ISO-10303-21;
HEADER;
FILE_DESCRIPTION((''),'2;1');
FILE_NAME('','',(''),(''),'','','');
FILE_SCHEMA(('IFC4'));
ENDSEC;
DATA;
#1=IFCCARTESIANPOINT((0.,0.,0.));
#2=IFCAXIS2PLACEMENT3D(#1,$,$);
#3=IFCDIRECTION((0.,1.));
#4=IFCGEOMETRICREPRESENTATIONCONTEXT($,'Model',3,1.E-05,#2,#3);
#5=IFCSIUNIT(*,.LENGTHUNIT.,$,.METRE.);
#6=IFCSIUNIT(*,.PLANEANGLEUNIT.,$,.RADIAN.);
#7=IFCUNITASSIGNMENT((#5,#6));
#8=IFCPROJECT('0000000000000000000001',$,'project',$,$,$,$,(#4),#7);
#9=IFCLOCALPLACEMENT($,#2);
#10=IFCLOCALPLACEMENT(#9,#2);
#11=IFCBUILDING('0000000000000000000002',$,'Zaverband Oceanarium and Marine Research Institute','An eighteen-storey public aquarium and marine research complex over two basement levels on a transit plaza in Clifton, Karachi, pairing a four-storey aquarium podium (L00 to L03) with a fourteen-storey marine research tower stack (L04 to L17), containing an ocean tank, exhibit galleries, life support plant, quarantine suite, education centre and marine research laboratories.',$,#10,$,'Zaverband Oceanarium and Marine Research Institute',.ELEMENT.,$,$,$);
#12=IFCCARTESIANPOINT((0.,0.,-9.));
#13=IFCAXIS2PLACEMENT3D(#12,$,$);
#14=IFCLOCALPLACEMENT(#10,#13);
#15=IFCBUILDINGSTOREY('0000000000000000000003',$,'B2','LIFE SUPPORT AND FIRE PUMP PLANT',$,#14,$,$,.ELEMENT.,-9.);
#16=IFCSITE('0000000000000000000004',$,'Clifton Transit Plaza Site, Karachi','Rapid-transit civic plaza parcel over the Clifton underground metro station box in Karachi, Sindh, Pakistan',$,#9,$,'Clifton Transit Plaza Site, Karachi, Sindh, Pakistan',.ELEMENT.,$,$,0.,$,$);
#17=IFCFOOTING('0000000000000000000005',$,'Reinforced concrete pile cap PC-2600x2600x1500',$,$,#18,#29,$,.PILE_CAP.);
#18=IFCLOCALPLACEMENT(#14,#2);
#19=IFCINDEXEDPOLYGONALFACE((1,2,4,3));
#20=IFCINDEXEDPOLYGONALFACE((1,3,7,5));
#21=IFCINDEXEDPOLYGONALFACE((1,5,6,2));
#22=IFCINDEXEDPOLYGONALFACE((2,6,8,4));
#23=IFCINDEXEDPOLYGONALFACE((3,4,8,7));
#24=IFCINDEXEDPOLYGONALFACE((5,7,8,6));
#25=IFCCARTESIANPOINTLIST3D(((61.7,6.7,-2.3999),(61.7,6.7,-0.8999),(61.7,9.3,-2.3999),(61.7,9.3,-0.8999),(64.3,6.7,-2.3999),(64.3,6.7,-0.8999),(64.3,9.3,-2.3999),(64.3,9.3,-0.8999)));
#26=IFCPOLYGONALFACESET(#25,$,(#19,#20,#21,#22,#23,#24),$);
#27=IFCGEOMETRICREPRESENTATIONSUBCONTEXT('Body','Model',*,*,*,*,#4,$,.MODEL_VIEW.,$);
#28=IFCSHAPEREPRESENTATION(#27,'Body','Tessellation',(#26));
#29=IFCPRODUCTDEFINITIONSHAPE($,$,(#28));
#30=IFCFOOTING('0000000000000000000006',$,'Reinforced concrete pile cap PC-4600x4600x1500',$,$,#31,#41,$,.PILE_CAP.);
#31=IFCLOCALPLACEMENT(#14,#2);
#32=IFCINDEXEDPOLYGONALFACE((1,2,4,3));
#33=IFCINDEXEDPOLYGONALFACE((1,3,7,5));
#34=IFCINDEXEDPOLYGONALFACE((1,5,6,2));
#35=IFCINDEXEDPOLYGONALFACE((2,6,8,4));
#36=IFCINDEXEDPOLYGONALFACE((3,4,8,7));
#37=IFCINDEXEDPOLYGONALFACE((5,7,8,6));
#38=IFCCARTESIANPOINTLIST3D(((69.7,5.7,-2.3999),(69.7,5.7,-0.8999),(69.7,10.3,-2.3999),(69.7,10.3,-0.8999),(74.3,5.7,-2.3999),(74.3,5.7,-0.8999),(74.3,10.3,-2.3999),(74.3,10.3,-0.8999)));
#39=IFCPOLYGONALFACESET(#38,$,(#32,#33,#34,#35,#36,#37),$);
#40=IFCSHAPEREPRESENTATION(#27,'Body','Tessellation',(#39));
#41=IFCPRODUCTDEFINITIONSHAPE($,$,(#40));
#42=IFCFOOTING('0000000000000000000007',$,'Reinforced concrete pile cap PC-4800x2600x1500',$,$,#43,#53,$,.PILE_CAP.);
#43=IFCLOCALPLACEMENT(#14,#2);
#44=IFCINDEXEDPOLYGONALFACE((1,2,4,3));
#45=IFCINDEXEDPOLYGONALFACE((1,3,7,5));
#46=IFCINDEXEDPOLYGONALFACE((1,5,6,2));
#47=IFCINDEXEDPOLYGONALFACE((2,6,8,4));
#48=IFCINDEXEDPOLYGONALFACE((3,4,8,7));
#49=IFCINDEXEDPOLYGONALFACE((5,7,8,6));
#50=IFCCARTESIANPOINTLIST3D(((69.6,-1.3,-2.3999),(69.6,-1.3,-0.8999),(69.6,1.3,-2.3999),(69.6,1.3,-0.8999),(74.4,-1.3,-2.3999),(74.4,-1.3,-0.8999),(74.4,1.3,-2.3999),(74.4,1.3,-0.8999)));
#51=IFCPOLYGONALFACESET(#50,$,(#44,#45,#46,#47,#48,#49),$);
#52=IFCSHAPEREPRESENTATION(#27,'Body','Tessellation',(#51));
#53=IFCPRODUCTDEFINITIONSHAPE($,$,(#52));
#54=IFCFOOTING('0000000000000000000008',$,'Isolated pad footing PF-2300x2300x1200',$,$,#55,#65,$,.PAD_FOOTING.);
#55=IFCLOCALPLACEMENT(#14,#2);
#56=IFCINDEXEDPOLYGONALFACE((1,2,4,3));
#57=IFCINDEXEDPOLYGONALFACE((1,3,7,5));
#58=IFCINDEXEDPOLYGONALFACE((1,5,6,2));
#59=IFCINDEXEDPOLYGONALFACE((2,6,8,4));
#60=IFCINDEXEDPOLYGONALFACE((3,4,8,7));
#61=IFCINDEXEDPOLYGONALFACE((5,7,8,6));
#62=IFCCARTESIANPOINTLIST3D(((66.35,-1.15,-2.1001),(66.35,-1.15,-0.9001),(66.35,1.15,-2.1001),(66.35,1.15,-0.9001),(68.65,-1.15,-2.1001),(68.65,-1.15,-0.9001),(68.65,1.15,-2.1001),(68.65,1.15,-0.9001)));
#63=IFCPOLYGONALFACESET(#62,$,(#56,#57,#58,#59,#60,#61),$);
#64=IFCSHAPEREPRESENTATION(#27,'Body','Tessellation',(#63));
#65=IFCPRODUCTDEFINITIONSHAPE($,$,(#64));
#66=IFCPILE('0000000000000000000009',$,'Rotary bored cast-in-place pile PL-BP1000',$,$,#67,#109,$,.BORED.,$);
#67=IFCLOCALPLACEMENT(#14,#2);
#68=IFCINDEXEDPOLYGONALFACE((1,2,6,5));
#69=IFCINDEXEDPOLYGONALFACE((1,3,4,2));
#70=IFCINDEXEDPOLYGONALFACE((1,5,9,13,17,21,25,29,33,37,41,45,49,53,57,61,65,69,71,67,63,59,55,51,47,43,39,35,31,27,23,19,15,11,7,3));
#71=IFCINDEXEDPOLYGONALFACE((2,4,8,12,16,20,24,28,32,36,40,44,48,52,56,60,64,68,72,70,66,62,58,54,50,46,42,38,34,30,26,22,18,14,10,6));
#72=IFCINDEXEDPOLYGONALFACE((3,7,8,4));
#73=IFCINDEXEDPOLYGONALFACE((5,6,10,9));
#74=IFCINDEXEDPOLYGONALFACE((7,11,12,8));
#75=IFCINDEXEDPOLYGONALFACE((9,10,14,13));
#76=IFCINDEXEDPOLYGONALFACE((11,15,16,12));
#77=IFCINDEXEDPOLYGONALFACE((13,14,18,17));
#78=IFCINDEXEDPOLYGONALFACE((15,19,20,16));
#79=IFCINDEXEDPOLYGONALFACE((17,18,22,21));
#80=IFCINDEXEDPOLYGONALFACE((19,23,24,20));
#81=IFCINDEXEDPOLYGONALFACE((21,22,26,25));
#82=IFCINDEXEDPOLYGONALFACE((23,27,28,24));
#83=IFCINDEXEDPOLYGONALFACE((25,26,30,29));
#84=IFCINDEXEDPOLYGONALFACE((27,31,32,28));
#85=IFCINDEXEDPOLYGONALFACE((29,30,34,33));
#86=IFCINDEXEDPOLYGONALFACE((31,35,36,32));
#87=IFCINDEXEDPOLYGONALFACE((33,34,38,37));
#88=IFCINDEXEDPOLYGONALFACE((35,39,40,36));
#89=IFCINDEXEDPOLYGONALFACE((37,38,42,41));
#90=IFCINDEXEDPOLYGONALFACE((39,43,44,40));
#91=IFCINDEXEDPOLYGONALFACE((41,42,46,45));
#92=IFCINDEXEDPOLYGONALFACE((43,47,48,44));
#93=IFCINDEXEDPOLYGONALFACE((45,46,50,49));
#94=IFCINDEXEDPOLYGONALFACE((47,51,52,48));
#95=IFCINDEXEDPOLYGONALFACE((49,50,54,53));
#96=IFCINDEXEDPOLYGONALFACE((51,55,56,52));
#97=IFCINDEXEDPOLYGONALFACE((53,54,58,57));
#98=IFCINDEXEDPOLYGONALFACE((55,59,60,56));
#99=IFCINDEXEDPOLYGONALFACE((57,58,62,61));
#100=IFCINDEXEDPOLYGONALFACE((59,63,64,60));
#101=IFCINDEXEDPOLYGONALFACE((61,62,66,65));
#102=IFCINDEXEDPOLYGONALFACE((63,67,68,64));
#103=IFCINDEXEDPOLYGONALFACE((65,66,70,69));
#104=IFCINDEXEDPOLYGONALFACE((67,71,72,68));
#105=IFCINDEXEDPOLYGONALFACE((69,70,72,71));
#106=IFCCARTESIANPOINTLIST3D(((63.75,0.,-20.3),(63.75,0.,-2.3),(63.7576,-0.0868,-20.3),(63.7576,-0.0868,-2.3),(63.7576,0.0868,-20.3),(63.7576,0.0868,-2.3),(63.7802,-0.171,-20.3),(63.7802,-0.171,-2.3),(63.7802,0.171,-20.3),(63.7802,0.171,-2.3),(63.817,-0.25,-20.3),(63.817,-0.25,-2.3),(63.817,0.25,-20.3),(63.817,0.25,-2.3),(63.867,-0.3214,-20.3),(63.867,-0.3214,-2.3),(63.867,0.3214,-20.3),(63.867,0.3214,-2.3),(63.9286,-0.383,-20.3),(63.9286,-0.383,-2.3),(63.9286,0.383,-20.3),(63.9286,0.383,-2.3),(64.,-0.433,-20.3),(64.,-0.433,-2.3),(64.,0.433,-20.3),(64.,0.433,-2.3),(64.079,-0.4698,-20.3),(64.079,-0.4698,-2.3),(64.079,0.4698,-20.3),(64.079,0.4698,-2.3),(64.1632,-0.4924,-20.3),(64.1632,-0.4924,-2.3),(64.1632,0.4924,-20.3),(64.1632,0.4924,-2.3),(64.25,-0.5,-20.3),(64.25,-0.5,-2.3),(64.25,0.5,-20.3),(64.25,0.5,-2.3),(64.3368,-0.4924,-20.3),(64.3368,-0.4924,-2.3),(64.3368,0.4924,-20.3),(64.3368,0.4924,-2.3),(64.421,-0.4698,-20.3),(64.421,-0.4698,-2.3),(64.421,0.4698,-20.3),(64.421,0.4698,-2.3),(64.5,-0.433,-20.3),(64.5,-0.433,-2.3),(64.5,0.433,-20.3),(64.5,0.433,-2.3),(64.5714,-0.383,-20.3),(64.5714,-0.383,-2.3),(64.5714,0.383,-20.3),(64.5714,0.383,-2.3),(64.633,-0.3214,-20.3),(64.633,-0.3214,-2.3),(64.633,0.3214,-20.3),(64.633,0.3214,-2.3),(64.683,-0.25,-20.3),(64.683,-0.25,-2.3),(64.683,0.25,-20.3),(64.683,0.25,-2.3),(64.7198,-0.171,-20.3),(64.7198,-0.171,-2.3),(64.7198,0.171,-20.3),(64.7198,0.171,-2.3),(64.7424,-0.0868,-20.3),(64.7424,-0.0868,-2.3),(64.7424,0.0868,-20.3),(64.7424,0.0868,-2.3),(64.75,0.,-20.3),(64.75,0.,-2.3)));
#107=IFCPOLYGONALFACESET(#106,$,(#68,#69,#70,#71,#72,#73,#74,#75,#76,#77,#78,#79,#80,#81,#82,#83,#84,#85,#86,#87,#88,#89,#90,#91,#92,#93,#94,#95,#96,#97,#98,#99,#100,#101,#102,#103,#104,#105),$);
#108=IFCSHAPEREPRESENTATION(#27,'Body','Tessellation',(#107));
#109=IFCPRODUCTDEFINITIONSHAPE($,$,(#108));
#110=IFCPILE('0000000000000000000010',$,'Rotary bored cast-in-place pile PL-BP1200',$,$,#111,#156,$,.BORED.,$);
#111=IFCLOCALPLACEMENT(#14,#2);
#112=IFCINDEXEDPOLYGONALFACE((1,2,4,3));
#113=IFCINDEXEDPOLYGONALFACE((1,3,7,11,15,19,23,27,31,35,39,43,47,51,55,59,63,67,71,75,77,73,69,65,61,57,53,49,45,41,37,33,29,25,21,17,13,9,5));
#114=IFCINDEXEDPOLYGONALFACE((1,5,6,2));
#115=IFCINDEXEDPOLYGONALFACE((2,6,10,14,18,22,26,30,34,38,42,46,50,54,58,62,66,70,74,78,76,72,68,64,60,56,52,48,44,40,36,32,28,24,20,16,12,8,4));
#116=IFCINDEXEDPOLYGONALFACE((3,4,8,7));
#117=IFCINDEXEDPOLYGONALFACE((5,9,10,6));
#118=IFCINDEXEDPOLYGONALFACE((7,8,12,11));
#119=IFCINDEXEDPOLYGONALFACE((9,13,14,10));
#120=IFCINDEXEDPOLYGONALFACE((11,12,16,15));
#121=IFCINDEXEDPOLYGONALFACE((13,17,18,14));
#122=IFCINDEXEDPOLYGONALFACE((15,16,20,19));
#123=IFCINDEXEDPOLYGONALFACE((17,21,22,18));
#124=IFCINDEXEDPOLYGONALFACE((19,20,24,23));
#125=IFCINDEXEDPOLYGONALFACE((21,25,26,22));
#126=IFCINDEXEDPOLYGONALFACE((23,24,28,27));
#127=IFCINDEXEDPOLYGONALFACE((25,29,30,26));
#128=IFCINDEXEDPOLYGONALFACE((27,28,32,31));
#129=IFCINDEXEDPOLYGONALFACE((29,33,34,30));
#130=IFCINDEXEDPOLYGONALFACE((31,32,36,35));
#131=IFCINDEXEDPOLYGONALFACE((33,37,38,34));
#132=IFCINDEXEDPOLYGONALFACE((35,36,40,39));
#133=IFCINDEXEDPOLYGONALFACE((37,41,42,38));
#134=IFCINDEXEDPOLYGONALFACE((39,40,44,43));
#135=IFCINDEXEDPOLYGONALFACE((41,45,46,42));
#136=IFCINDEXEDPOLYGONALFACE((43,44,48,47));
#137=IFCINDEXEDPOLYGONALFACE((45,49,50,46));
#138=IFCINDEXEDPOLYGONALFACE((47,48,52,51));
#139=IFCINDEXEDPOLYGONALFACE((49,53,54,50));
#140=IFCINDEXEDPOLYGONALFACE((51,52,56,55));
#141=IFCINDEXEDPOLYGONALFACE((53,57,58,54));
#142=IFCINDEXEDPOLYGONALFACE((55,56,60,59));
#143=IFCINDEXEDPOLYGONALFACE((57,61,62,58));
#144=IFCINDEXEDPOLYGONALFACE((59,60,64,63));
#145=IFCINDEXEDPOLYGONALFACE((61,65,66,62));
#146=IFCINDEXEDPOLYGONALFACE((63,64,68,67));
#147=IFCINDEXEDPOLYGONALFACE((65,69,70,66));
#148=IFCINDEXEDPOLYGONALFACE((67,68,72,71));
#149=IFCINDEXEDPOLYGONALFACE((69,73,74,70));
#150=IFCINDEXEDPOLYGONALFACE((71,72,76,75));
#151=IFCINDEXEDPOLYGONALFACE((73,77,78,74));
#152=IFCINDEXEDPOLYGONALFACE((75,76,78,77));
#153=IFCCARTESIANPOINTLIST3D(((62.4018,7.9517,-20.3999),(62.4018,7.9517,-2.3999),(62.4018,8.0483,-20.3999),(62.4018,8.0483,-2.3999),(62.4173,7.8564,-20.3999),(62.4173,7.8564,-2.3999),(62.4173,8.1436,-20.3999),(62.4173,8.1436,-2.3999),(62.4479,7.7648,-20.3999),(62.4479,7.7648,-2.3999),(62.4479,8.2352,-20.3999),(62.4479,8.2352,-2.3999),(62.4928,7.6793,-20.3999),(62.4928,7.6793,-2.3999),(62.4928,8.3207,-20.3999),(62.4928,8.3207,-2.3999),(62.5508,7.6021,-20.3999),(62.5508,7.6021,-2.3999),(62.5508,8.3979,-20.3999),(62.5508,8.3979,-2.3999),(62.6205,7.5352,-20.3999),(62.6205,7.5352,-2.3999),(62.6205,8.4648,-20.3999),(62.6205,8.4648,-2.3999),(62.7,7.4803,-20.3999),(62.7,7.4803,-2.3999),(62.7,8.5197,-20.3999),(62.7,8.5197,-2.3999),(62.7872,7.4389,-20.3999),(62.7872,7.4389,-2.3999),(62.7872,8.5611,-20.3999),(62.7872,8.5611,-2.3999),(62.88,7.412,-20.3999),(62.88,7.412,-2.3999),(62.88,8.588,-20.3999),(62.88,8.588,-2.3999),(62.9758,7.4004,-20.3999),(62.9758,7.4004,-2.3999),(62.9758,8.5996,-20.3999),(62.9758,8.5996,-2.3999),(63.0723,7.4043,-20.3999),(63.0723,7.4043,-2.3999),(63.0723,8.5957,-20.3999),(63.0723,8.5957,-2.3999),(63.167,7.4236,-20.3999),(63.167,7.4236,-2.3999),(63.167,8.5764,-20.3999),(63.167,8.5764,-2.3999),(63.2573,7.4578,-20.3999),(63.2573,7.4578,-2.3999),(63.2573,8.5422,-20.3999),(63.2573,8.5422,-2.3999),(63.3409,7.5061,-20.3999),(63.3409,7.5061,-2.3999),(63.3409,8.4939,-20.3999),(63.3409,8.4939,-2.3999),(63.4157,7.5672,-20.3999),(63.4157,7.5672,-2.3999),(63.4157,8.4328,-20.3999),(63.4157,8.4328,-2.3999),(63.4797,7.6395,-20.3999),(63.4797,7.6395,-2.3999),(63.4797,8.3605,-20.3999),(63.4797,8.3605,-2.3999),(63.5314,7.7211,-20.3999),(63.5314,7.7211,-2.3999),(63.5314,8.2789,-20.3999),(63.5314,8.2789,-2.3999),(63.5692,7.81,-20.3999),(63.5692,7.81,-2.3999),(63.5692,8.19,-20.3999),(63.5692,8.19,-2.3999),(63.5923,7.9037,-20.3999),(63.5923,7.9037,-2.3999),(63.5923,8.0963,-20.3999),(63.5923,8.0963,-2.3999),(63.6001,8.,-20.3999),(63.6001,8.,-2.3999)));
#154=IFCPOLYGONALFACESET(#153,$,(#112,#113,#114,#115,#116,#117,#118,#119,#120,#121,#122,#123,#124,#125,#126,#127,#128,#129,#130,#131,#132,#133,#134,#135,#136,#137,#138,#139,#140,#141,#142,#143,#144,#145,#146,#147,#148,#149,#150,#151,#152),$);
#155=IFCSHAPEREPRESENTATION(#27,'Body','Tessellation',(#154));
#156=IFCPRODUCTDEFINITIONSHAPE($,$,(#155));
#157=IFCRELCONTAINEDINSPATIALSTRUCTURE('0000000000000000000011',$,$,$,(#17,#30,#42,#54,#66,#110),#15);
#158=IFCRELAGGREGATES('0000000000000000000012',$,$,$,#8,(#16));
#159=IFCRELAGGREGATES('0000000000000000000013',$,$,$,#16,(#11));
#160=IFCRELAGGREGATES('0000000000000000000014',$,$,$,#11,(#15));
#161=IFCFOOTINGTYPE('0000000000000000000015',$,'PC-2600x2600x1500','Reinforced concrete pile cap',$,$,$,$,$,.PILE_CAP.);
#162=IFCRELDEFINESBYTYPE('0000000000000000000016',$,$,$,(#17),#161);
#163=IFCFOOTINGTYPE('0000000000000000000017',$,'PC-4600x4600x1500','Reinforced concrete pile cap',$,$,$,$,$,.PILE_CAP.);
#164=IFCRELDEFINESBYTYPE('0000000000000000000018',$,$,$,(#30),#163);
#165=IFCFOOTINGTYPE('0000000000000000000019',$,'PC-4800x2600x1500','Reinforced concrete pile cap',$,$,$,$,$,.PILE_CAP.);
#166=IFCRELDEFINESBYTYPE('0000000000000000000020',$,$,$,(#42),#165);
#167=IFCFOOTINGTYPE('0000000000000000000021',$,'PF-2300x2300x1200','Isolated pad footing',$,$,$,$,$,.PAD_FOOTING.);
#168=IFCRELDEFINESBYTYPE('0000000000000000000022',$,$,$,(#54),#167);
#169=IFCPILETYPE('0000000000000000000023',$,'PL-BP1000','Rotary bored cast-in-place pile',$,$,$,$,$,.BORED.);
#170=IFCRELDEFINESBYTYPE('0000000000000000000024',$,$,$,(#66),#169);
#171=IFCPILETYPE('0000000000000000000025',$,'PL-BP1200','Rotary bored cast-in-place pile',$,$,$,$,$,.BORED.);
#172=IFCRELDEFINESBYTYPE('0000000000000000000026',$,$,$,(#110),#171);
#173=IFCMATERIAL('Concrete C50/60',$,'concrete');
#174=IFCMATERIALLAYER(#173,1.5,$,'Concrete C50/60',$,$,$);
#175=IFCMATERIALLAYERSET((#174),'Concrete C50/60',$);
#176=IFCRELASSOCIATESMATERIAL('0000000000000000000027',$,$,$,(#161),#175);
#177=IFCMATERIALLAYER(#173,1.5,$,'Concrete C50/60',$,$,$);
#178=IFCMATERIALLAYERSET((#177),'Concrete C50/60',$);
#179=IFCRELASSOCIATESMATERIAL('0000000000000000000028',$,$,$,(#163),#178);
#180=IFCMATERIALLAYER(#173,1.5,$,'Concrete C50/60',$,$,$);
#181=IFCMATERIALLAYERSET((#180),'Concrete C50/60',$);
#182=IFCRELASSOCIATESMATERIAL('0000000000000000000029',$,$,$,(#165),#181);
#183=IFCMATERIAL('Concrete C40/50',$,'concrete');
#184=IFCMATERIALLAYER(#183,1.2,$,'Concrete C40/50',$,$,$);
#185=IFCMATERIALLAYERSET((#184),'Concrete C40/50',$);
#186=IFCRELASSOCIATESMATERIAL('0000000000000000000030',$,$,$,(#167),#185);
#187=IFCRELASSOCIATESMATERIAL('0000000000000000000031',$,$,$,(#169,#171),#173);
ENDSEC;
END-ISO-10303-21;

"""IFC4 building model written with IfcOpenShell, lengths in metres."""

from ifc_helpers import new_model, si_unit, direction, frame, origin, origin_2d, place, context, subcontext, project, spatial, rectangle, circle, extrude, material, layer, layer_set, material_profile, profile_set, type_object, element, save


model = new_model("IFC4")

# Units and contexts
model_context = context("Model", 3, precision=1e-05, world=origin(), true_north=direction((0.0, 1.0)))
body_context = subcontext(model_context, "Body", "Model", "MODEL_VIEW")
ifc_project = project(units=[si_unit("LENGTHUNIT", "METRE"), si_unit("PLANEANGLEUNIT", "RADIAN")], contexts=[model_context])

# Site, building, storey
site_placement = place(None, origin())
site = spatial("IfcSite", under=ifc_project, at=site_placement, Name="Clifton Transit Plaza Site, Karachi", Description="Rapid-transit civic plaza parcel over the Clifton underground metro station box in Karachi, Sindh, Pakistan", LongName="Clifton Transit Plaza Site, Karachi, Sindh, Pakistan", CompositionType="ELEMENT", RefElevation=0.0)
building_placement = place(site_placement, origin())
building = spatial("IfcBuilding", under=site, at=building_placement, Name="Zaverband Oceanarium and Marine Research Institute", Description="An eighteen-storey public aquarium and marine research complex over two basement levels on a transit plaza in Clifton, Karachi, pairing a four-storey aquarium podium (L00 to L03) with a fourteen-storey marine research tower stack (L04 to L17), containing an ocean tank, exhibit galleries, life support plant, quarantine suite, education centre and marine research laboratories.", LongName="Zaverband Oceanarium and Marine Research Institute", CompositionType="ELEMENT")
storey_placement = place(building_placement, frame((0.0, 0.0, -9.0)))
storey = spatial("IfcBuildingStorey", under=building, at=storey_placement, Name="B2", Description="LIFE SUPPORT AND FIRE PUMP PLANT", CompositionType="ELEMENT", Elevation=-9.0)

# Footings
ifc_material_1 = material(Name="Concrete C50/60", Category="concrete")
ifc_layer_1 = layer(ifc_material_1, 1.5, Name="Concrete C50/60")
ifc_layer_set_1 = layer_set([ifc_layer_1], Name="Concrete C50/60")
footing_type_1 = type_object("IfcFootingType", Name="PC-2600x2600x1500", Description="Reinforced concrete pile cap", PredefinedType="PILE_CAP", material=ifc_layer_set_1)
footing_1_placement = place(storey_placement, frame((63.0, 8.0, -2.3999), z_axis=(0.0, 0.0, 1.0), x_axis=(1.0, 0.0, 0.0)))
element("IfcFooting", 1, at=footing_1_placement, inside=storey, type_object=footing_type_1, Name="Reinforced concrete pile cap PC-2600x2600x1500", PredefinedType="PILE_CAP", context=body_context, shape_type="SweptSolid", body=[
    extrude(rectangle(XDim=2.6001, YDim=2.6001, at=origin_2d()), origin(), (0.0, 0.0, 1.0), 1.5),
])
ifc_layer_2 = layer(ifc_material_1, 1.5, Name="Concrete C50/60")
ifc_layer_set_2 = layer_set([ifc_layer_2], Name="Concrete C50/60")
footing_type_2 = type_object("IfcFootingType", Name="PC-4600x4600x1500", Description="Reinforced concrete pile cap", PredefinedType="PILE_CAP", material=ifc_layer_set_2)
footing_2_placement = place(storey_placement, frame((72.0, 8.0, -2.3999), z_axis=(0.0, 0.0, 1.0), x_axis=(1.0, 0.0, 0.0)))
element("IfcFooting", 2, at=footing_2_placement, inside=storey, type_object=footing_type_2, Name="Reinforced concrete pile cap PC-4600x4600x1500", PredefinedType="PILE_CAP", context=body_context, shape_type="SweptSolid", body=[
    extrude(rectangle(XDim=4.6001, YDim=4.6001, at=origin_2d()), origin(), (0.0, 0.0, 1.0), 1.5),
])
ifc_layer_3 = layer(ifc_material_1, 1.5, Name="Concrete C50/60")
ifc_layer_set_3 = layer_set([ifc_layer_3], Name="Concrete C50/60")
footing_type_3 = type_object("IfcFootingType", Name="PC-4800x2600x1500", Description="Reinforced concrete pile cap", PredefinedType="PILE_CAP", material=ifc_layer_set_3)
footing_3_placement = place(storey_placement, frame((72.0, 0.0, -2.3999), z_axis=(0.0, 0.0, 1.0), x_axis=(1.0, 0.0, 0.0)))
element("IfcFooting", 3, at=footing_3_placement, inside=storey, type_object=footing_type_3, Name="Reinforced concrete pile cap PC-4800x2600x1500", PredefinedType="PILE_CAP", context=body_context, shape_type="SweptSolid", body=[
    extrude(rectangle(XDim=4.8, YDim=2.6001, at=origin_2d()), origin(), (0.0, 0.0, 1.0), 1.5),
])
ifc_material_2 = material(Name="Concrete C40/50", Category="concrete")
ifc_layer_4 = layer(ifc_material_2, 1.2, Name="Concrete C40/50")
ifc_layer_set_4 = layer_set([ifc_layer_4], Name="Concrete C40/50")
footing_type_4 = type_object("IfcFootingType", Name="PF-2300x2300x1200", Description="Isolated pad footing", PredefinedType="PAD_FOOTING", material=ifc_layer_set_4)
footing_4_placement = place(storey_placement, frame((67.5, 0.0, -2.1001), z_axis=(0.0, 0.0, 1.0), x_axis=(1.0, 0.0, 0.0)))
element("IfcFooting", 4, at=footing_4_placement, inside=storey, type_object=footing_type_4, Name="Isolated pad footing PF-2300x2300x1200", PredefinedType="PAD_FOOTING", context=body_context, shape_type="SweptSolid", body=[
    extrude(rectangle(XDim=2.3, YDim=2.3, at=origin_2d()), origin(), (0.0, 0.0, 1.0), 1.2),
])

# Piles
ifc_material_profile_1 = material_profile(ifc_material_1, circle(Radius=0.5, at=origin_2d()), Name="BP1000")
ifc_profile_set_1 = profile_set([ifc_material_profile_1], Name="Concrete C50/60")
pile_type_1 = type_object("IfcPileType", Name="PL-BP1000", Description="Rotary bored cast-in-place pile", PredefinedType="BORED", material=ifc_profile_set_1)
pile_placement = place(storey_placement, frame((64.25, 0.0, -2.3), z_axis=(0.0, 0.0, -1.0), x_axis=(1.0, 0.0, 0.0)))
element("IfcPile", 5, at=pile_placement, inside=storey, type_object=pile_type_1, Name="Rotary bored cast-in-place pile PL-BP1000", PredefinedType="BORED", context=body_context, shape_type="SweptSolid", body=[
    extrude(circle(Radius=0.5, at=origin_2d()), origin(), (0.0, 0.0, 1.0), 18.0),
])
ifc_material_profile_2 = material_profile(ifc_material_1, circle(Radius=0.6001, at=origin_2d()), Name="BP1200")
ifc_profile_set_2 = profile_set([ifc_material_profile_2], Name="Concrete C50/60")
pile_type_2 = type_object("IfcPileType", Name="PL-BP1200", Description="Rotary bored cast-in-place pile", PredefinedType="BORED", material=ifc_profile_set_2)
for number, where, z_axis, x_axis, name in (
    (6, (63.0, 8.0, -2.3999), (0.0, 0.0, -1.0), (1.0, 0.0, 0.0), "Rotary bored cast-in-place pile PL-BP1200"),
):
    element("IfcPile", number, at=place(storey_placement, frame(where, z_axis=z_axis, x_axis=x_axis)), inside=storey, type_object=pile_type_2, Name=name, PredefinedType="BORED", context=body_context, shape_type="SweptSolid", body=[
        extrude(circle(Radius=0.6001, at=origin_2d()), origin(), (0.0, 0.0, 1.0), 18.0),
    ])

save(model, "model.ifc")
